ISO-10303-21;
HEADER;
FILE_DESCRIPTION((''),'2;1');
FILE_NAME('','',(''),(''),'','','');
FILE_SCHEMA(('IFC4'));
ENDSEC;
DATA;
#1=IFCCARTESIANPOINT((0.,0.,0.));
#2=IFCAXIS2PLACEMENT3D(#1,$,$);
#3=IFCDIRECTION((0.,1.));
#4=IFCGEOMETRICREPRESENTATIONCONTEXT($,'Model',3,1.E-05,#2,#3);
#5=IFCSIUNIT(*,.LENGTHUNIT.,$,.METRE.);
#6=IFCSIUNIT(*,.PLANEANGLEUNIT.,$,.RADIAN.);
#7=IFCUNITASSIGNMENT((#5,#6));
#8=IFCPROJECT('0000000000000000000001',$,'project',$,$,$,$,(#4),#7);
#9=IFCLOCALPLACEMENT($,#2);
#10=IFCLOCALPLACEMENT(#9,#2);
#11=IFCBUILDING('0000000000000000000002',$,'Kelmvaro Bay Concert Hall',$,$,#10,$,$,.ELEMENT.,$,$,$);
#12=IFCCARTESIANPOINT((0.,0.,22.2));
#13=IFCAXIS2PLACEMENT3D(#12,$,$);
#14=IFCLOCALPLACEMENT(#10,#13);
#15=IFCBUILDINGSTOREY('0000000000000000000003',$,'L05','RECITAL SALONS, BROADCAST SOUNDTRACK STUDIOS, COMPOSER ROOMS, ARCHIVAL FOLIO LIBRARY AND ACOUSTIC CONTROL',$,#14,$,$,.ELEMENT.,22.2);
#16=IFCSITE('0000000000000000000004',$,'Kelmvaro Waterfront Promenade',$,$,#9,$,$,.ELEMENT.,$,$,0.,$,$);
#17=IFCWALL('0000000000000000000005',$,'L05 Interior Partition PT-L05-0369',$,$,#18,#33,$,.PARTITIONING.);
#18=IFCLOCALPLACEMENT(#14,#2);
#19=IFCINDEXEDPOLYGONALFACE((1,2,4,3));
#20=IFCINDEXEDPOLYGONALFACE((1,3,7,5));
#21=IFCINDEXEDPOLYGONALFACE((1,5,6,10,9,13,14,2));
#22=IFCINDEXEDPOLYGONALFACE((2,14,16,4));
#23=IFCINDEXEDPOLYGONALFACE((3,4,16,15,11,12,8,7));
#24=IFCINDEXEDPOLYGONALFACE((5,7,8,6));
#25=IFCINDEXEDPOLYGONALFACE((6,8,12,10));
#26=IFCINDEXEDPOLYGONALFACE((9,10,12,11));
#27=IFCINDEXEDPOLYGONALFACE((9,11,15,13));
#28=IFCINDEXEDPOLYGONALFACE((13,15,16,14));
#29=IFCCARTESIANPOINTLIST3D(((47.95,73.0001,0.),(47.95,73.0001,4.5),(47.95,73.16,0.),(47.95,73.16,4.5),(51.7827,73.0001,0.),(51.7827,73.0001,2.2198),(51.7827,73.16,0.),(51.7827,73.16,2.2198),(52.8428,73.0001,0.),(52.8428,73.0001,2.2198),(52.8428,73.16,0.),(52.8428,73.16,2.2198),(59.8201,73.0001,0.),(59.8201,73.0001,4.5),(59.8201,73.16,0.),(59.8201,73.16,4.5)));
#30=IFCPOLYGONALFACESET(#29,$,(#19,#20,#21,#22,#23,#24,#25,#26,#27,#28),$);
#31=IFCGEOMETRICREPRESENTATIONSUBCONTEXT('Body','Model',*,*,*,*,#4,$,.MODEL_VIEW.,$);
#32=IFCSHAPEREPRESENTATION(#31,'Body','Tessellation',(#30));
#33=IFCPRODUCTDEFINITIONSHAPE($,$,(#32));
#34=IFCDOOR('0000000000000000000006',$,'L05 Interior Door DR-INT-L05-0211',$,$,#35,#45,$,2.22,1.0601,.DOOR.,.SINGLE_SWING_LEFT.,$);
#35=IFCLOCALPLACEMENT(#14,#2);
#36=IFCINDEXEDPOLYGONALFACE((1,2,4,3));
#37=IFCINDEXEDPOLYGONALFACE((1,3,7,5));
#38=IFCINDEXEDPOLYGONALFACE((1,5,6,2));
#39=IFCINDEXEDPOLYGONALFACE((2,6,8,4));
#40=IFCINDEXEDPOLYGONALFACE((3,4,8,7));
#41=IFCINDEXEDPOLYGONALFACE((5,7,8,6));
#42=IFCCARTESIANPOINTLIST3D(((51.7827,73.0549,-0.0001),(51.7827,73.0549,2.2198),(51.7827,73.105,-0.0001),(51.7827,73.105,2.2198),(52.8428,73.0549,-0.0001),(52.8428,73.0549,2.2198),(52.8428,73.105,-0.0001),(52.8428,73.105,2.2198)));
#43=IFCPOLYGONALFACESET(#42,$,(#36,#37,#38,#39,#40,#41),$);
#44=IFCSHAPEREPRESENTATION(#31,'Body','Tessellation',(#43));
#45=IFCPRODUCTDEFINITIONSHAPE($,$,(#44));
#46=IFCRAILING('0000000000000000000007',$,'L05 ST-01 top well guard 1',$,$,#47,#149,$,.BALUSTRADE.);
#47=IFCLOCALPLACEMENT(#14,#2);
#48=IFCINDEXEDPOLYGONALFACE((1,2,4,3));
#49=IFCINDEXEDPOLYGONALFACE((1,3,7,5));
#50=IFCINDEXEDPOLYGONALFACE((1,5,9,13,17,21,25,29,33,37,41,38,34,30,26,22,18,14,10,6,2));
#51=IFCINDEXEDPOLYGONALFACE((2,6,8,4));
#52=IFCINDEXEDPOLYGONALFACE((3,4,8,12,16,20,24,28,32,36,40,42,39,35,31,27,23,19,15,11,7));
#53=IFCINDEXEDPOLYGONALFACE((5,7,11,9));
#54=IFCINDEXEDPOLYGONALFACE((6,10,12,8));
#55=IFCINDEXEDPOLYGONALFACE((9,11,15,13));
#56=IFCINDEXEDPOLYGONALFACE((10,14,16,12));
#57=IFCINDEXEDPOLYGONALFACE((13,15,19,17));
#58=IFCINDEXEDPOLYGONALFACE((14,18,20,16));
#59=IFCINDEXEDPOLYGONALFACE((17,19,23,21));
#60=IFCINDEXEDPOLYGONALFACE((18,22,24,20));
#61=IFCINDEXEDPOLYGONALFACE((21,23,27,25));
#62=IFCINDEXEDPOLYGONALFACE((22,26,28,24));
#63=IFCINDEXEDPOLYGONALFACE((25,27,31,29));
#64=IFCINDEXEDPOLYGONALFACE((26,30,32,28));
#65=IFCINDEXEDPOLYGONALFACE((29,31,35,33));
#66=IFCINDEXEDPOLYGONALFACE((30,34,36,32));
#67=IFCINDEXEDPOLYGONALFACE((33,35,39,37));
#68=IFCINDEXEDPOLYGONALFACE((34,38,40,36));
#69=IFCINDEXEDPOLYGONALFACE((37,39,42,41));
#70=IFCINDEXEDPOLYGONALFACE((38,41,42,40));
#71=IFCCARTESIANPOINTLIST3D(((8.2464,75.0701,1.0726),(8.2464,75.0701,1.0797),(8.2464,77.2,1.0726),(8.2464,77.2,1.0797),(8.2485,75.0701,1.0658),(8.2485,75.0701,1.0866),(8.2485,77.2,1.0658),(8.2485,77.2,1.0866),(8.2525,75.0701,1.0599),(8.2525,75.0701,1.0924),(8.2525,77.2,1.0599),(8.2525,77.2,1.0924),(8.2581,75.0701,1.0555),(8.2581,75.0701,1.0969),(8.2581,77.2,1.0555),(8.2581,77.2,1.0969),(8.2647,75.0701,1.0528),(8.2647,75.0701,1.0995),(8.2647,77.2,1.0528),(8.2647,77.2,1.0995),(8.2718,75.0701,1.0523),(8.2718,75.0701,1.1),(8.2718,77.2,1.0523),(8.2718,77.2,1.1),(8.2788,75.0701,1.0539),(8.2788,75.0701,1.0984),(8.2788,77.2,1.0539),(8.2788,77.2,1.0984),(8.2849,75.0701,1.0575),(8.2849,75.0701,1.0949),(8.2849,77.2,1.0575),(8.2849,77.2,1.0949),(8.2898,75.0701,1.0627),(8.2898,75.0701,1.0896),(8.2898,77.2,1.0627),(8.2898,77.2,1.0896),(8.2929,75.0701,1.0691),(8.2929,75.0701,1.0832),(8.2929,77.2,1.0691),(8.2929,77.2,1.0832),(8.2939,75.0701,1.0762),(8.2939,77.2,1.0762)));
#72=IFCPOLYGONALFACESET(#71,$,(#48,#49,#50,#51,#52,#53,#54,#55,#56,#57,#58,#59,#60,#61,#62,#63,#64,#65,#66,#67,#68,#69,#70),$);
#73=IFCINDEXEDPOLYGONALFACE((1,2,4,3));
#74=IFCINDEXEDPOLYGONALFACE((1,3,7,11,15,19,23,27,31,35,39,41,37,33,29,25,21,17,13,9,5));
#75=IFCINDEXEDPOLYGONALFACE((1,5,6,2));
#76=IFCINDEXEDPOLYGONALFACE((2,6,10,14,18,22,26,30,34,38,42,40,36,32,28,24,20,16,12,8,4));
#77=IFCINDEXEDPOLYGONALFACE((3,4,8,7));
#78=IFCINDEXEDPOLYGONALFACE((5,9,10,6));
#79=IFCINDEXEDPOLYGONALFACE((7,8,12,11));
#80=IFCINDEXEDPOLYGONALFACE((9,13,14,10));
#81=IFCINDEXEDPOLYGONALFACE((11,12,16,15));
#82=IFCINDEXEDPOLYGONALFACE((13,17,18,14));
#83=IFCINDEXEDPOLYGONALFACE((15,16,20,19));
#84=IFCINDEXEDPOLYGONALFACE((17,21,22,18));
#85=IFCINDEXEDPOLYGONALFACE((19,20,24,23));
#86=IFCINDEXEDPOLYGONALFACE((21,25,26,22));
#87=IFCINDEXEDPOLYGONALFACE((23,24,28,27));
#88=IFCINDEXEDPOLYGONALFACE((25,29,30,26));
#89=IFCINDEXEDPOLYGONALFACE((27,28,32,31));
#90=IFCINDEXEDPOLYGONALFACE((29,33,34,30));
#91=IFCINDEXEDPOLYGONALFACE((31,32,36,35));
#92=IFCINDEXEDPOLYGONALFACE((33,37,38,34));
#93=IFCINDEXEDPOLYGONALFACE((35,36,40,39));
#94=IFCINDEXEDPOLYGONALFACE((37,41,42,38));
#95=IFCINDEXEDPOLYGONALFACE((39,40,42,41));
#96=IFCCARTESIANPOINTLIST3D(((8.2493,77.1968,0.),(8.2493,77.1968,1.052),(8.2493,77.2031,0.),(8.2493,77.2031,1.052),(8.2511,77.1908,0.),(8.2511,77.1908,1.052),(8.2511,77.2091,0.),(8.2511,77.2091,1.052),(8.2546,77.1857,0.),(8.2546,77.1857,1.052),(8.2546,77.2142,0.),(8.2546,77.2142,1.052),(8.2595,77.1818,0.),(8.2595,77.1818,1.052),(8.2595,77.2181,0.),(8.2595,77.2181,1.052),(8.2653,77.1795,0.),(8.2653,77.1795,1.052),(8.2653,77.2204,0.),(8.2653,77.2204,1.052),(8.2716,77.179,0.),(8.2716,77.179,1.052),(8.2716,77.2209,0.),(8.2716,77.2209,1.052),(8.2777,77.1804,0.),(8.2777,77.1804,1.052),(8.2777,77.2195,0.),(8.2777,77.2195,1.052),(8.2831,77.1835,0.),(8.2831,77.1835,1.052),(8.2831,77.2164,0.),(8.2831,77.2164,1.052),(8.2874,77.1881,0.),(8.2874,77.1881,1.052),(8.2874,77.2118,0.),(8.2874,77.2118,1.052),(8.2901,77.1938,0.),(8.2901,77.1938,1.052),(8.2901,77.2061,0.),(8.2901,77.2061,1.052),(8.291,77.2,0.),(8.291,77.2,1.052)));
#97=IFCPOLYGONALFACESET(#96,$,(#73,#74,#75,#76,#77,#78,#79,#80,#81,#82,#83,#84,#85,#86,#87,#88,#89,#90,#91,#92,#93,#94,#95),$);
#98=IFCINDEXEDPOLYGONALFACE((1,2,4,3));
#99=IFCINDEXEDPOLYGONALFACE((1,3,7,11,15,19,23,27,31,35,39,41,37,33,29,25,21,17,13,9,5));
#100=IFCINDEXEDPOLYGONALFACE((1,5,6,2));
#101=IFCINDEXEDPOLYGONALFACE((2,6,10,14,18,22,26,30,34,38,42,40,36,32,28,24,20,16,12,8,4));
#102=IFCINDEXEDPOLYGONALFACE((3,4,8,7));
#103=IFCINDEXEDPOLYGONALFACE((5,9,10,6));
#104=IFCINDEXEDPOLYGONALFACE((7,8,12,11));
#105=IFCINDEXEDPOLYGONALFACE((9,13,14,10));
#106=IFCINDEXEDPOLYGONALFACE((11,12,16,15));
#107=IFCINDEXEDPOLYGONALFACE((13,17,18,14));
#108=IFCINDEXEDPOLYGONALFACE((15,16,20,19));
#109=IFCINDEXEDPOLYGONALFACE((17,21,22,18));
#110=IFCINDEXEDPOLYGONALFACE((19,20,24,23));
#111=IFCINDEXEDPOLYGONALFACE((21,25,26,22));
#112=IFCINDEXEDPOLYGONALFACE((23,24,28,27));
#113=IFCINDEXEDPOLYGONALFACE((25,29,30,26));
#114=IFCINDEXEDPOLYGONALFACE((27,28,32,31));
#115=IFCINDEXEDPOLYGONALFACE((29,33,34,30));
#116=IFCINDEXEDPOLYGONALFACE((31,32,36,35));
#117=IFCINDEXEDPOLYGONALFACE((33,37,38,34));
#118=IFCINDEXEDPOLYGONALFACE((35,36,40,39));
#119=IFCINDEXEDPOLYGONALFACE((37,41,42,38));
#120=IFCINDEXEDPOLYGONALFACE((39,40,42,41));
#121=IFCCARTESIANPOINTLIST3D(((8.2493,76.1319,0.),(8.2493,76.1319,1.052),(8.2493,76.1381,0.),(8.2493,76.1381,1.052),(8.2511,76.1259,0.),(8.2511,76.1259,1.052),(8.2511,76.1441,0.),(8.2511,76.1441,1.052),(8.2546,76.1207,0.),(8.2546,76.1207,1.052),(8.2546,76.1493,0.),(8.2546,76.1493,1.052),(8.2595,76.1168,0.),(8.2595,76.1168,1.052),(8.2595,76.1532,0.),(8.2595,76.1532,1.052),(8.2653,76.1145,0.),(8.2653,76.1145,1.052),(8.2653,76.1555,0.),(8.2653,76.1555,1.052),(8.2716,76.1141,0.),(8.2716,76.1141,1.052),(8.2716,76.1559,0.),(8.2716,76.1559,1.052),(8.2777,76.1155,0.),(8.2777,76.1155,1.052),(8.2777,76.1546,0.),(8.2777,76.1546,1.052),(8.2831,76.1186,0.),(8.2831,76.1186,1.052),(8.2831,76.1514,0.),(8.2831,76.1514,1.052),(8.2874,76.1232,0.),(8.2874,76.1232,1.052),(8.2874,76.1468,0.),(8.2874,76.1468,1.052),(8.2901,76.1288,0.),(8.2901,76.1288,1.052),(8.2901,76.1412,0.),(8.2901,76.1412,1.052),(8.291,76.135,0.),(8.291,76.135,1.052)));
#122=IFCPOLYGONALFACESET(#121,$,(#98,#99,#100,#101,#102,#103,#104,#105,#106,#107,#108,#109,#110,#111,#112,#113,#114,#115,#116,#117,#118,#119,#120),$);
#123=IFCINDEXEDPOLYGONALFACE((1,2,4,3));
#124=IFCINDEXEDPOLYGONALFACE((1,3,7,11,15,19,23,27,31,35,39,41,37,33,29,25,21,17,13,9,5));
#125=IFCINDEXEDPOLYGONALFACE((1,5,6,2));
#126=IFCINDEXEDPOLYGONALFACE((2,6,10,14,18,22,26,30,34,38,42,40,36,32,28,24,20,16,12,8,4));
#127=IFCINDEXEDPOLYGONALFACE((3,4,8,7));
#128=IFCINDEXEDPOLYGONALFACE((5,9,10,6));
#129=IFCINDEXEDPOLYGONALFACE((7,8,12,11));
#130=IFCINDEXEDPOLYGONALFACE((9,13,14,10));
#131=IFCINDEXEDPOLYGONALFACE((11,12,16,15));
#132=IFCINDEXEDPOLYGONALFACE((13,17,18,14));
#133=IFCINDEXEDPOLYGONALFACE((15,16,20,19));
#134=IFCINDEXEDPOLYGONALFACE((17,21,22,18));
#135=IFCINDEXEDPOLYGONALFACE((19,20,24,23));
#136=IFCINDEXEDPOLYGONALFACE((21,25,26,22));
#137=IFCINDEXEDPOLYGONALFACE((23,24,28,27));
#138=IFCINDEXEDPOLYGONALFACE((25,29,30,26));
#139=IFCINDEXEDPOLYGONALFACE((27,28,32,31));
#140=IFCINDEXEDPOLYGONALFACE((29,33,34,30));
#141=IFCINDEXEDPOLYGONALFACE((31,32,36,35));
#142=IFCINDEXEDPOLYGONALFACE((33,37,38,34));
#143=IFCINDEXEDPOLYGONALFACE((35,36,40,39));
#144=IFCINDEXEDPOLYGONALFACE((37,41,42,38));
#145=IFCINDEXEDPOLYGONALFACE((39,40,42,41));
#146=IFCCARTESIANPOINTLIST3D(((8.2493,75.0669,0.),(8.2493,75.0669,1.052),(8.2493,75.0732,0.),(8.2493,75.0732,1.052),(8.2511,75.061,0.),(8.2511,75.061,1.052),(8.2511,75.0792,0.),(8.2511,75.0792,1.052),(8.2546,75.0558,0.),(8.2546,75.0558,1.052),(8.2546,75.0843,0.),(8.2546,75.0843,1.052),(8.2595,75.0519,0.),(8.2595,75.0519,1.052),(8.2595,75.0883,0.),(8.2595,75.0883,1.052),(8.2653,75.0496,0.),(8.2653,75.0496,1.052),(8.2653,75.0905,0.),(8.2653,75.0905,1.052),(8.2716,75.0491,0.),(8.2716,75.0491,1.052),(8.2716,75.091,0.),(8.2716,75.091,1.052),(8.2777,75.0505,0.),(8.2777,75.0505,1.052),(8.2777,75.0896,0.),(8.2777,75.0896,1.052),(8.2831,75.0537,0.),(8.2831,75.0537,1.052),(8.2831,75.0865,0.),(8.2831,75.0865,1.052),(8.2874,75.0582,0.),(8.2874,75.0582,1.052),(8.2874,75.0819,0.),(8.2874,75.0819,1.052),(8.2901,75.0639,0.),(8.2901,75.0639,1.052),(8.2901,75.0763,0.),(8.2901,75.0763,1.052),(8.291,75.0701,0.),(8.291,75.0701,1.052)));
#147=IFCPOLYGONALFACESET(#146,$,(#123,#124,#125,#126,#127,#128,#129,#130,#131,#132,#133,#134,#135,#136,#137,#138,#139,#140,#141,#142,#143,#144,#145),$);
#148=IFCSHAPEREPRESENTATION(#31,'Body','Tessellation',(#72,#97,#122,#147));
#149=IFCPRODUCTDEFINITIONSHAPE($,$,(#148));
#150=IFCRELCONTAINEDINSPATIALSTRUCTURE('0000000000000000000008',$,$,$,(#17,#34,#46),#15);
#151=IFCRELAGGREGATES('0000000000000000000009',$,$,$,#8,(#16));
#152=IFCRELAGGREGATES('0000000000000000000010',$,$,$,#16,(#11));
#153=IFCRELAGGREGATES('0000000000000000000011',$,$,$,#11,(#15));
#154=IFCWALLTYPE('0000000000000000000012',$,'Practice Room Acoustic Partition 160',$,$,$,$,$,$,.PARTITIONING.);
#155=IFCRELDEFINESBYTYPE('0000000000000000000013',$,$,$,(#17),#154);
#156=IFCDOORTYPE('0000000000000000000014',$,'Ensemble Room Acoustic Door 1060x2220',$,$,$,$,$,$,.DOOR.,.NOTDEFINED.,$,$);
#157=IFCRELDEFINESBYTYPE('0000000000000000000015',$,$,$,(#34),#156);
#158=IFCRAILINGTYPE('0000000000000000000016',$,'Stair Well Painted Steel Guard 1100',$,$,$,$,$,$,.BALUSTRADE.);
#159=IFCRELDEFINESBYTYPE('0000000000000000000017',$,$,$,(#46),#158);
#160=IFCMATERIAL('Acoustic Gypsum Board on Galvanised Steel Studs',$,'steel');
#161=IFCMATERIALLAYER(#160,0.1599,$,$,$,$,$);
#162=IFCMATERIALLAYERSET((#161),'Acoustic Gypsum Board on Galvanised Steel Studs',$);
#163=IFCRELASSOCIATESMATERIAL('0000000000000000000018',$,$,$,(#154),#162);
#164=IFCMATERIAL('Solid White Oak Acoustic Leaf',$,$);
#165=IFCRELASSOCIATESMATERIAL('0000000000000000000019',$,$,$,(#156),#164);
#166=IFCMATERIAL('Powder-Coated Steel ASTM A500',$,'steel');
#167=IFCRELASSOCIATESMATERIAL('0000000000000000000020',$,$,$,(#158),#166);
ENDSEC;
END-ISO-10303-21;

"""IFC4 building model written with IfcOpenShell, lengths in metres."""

from ifc_helpers import new_model, si_unit, direction, frame, frame_2d, origin, origin_2d, place, context, subcontext, project, spatial, rectangle, circle, extrude, material, layer, layer_set, type_object, element, fill, save


model = new_model("IFC4")

# Units and contexts
model_context = context("Model", 3, precision=1e-05, world=origin(), true_north=direction((0.0, 1.0)))
body_context = subcontext(model_context, "Body", "Model", "MODEL_VIEW")
ifc_project = project(units=[si_unit("LENGTHUNIT", "METRE"), si_unit("PLANEANGLEUNIT", "RADIAN")], contexts=[model_context])

# Site, building, storey
site_placement = place(None, origin())
site = spatial("IfcSite", under=ifc_project, at=site_placement, Name="Kelmvaro Waterfront Promenade", CompositionType="ELEMENT", RefElevation=0.0)
building_placement = place(site_placement, origin())
building = spatial("IfcBuilding", under=site, at=building_placement, Name="Kelmvaro Bay Concert Hall", CompositionType="ELEMENT")
storey_placement = place(building_placement, frame((0.0, 0.0, 22.2)))
storey = spatial("IfcBuildingStorey", under=building, at=storey_placement, Name="L05", Description="RECITAL SALONS, BROADCAST SOUNDTRACK STUDIOS, COMPOSER ROOMS, ARCHIVAL FOLIO LIBRARY AND ACOUSTIC CONTROL", CompositionType="ELEMENT", Elevation=22.2)

# Wall, opening, door
ifc_material_1 = material(Name="Acoustic Gypsum Board on Galvanised Steel Studs", Category="steel")
ifc_layer_1 = layer(ifc_material_1, 0.1599)
ifc_layer_set_1 = layer_set([ifc_layer_1], Name="Acoustic Gypsum Board on Galvanised Steel Studs")
wall_type_1 = type_object("IfcWallType", Name="Practice Room Acoustic Partition 160", PredefinedType="PARTITIONING", material=ifc_layer_set_1)
wall_1_placement = place(storey_placement, frame((47.95, 73.0801, 0.0), z_axis=(0.0, 0.0, 1.0), x_axis=(1.0, 0.0, 0.0)))
wall_1 = element("IfcWall", 1, at=wall_1_placement, inside=storey, type_object=wall_type_1, Name="L05 Interior Partition PT-L05-0369", PredefinedType="PARTITIONING", context=body_context, shape_type="SweptSolid", body=[
    extrude(rectangle(XDim=11.8701, YDim=0.1599, at=frame_2d((5.9351, 0.0))), origin(), (0.0, 0.0, 1.0), 4.5),
])
opening_1_placement = place(wall_1_placement, frame((3.8328, 0.0, 0.0)))
opening_1 = element("IfcOpeningElement", 2, at=opening_1_placement, cuts=wall_1, PredefinedType="OPENING", context=body_context, shape_type="SweptSolid", body=[
    extrude(rectangle(XDim=1.0601, YDim=2.22, at=frame_2d((0.53, 1.1099))), frame((0.0, 0.0898, 0.0), z_axis=(0.0, -1.0, 0.0), x_axis=(1.0, 0.0, 0.0)), (0.0, 0.0, 1.0), 0.1799),
])
ifc_material_2 = material(Name="Solid White Oak Acoustic Leaf")
door_type_1 = type_object("IfcDoorType", Name="Ensemble Room Acoustic Door 1060x2220", OperationType="NOTDEFINED", PredefinedType="DOOR", material=ifc_material_2)
door_1_placement = place(opening_1_placement, origin())
door_1 = element("IfcDoor", 3, at=door_1_placement, inside=storey, type_object=door_type_1, Name="L05 Interior Door DR-INT-L05-0211", OperationType="SINGLE_SWING_LEFT", OverallHeight=2.22, OverallWidth=1.0601, PredefinedType="DOOR", context=body_context, shape_type="SweptSolid", body=[
    extrude(rectangle(XDim=1.0601, YDim=2.22, at=frame_2d((0.53, 1.1099))), frame((0.0, 0.0249, 0.0), z_axis=(0.0, -1.0, 0.0), x_axis=(1.0, 0.0, 0.0)), (0.0, 0.0, 1.0), 0.05),
])
fill(opening_1, door_1)

# Railing
ifc_material_3 = material(Name="Powder-Coated Steel ASTM A500", Category="steel")
railing_type = type_object("IfcRailingType", Name="Stair Well Painted Steel Guard 1100", PredefinedType="BALUSTRADE", material=ifc_material_3)
railing_placement = place(storey_placement, frame((8.27, 77.2, 0.0)))
element("IfcRailing", 4, at=railing_placement, inside=storey, type_object=railing_type, Name="L05 ST-01 top well guard 1", PredefinedType="BALUSTRADE", context=body_context, shape_type="SweptSolid", body=[
    extrude(circle(Radius=0.0239, at=origin_2d()), frame((0.0, 0.0, 1.0762), z_axis=(0.0, -1.0, 0.0), x_axis=(1.0, 0.0, 0.0)), (0.0, 0.0, 1.0), 2.1299),
    extrude(circle(Radius=0.021, at=origin_2d()), origin(), (0.0, 0.0, 1.0), 1.052),
    extrude(circle(Radius=0.021, at=origin_2d()), frame((0.0, -1.0649, 0.0)), (0.0, 0.0, 1.0), 1.052),
    extrude(circle(Radius=0.021, at=origin_2d()), frame((0.0, -2.1299, 0.0)), (0.0, 0.0, 1.0), 1.052),
])

save(model, "model.ifc")
